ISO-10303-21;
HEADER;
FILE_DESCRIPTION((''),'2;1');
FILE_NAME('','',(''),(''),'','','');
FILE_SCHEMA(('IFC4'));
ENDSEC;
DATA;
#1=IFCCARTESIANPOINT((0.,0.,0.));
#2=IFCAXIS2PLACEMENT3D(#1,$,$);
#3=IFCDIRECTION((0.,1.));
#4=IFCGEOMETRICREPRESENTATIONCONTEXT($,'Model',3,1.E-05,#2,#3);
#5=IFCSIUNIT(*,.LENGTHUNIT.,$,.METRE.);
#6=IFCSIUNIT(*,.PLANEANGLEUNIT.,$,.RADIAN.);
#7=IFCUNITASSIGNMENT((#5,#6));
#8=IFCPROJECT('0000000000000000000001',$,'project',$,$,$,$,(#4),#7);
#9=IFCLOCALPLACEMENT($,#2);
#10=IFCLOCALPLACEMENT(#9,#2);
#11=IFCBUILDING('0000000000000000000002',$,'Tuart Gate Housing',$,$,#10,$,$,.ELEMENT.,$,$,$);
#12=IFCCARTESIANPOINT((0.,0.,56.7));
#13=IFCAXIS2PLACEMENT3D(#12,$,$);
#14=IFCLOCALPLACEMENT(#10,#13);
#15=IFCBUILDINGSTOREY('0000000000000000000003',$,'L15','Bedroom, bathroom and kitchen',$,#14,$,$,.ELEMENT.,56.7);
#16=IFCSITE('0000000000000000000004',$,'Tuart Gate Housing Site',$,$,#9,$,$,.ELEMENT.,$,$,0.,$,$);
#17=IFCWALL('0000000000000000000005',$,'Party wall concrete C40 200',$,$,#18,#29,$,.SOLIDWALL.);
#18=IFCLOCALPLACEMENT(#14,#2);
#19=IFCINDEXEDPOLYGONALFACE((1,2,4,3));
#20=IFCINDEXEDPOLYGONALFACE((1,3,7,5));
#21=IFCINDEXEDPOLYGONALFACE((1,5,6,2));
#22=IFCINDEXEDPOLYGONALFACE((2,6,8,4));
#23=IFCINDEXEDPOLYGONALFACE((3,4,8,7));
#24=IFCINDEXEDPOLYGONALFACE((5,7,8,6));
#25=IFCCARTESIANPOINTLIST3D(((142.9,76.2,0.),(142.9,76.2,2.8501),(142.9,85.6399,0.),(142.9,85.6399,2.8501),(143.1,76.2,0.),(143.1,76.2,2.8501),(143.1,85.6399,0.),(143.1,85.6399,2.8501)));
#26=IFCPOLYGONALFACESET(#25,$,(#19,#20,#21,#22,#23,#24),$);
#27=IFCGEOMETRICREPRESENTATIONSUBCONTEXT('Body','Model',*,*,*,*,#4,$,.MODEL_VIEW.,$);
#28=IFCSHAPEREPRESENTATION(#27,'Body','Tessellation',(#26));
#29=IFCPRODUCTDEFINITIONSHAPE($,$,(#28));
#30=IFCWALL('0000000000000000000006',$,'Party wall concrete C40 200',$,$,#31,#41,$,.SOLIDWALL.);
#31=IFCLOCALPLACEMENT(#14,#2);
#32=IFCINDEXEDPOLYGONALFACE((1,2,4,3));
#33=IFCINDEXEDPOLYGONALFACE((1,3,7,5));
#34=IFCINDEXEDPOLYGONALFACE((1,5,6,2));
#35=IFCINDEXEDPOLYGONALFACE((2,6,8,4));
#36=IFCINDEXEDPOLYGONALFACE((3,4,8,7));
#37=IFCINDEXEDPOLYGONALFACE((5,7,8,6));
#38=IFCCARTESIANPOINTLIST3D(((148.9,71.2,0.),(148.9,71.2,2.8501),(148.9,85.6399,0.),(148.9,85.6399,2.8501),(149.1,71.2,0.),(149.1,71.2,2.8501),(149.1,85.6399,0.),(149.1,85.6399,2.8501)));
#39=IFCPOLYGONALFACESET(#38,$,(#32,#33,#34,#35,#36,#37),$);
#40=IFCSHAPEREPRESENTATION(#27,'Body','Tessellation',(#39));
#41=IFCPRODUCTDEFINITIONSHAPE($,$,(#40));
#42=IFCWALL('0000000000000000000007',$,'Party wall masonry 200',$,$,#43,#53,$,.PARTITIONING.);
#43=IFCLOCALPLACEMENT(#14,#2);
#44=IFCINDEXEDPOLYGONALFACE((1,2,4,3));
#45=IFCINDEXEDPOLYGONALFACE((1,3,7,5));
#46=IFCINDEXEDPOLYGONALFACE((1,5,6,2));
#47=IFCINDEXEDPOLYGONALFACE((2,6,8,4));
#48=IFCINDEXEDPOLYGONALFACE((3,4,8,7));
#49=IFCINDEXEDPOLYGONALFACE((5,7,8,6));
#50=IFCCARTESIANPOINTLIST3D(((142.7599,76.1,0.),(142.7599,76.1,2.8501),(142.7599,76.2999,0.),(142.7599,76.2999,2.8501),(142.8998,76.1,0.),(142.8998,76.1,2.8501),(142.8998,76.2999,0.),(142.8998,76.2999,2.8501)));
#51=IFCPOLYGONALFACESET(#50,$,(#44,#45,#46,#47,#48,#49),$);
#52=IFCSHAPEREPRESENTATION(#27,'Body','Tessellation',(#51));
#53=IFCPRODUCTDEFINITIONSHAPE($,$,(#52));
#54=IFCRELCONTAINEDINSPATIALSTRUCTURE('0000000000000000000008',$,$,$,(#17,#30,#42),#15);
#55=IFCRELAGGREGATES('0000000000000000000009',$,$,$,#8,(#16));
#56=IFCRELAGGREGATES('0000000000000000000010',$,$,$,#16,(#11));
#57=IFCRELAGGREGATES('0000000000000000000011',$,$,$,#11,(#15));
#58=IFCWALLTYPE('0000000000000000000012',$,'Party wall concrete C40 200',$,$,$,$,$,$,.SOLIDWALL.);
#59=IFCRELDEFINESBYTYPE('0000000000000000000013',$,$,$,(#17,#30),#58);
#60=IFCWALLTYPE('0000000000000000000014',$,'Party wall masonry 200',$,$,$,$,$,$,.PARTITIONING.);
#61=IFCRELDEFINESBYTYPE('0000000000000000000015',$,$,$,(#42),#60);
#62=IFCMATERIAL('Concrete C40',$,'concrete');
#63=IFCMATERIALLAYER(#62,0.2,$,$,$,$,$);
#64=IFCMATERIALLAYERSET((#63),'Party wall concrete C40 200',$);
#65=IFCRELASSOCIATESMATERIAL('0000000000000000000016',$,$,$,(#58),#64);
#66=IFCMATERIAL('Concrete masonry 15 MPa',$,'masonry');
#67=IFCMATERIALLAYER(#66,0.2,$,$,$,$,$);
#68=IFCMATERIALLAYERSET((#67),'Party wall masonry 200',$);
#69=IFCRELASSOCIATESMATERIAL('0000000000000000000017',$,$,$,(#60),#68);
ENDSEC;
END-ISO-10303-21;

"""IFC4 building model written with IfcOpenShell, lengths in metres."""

from ifc_helpers import new_model, si_unit, direction, frame, frame_2d, origin, place, context, subcontext, project, spatial, rectangle, extrude, material, layer, layer_set, type_object, element, save


model = new_model("IFC4")

# Units and contexts
model_context = context("Model", 3, precision=1e-05, world=origin(), true_north=direction((0.0, 1.0)))
body_context = subcontext(model_context, "Body", "Model", "MODEL_VIEW")
ifc_project = project(units=[si_unit("LENGTHUNIT", "METRE"), si_unit("PLANEANGLEUNIT", "RADIAN")], contexts=[model_context])

# Site, building, storey
site_placement = place(None, origin())
site = spatial("IfcSite", under=ifc_project, at=site_placement, Name="Tuart Gate Housing Site", CompositionType="ELEMENT", RefElevation=0.0)
building_placement = place(site_placement, origin())
building = spatial("IfcBuilding", under=site, at=building_placement, Name="Tuart Gate Housing", CompositionType="ELEMENT")
storey_placement = place(building_placement, frame((0.0, 0.0, 56.7)))
storey = spatial("IfcBuildingStorey", under=building, at=storey_placement, Name="L15", Description="Bedroom, bathroom and kitchen", CompositionType="ELEMENT", Elevation=56.7)

# Walls
ifc_material_1 = material(Name="Concrete C40", Category="concrete")
ifc_layer_1 = layer(ifc_material_1, 0.2)
ifc_layer_set_1 = layer_set([ifc_layer_1], Name="Party wall concrete C40 200")
wall_type_1 = type_object("IfcWallType", Name="Party wall concrete C40 200", PredefinedType="SOLIDWALL", material=ifc_layer_set_1)
wall_1_placement = place(storey_placement, frame((143.0, 76.2, 0.0), z_axis=(0.0, 0.0, 1.0), x_axis=(0.0, 1.0, 0.0)))
element("IfcWall", 1, at=wall_1_placement, inside=storey, type_object=wall_type_1, Name="Party wall concrete C40 200", PredefinedType="SOLIDWALL", context=body_context, shape_type="SweptSolid", body=[
    extrude(rectangle(XDim=9.4399, YDim=0.2, at=frame_2d((4.72, 0.0))), origin(), (0.0, 0.0, 1.0), 2.8501),
])
wall_2_placement = place(storey_placement, frame((149.0, 71.2, 0.0), z_axis=(0.0, 0.0, 1.0), x_axis=(0.0, 1.0, 0.0)))
element("IfcWall", 2, at=wall_2_placement, inside=storey, type_object=wall_type_1, Name="Party wall concrete C40 200", PredefinedType="SOLIDWALL", context=body_context, shape_type="SweptSolid", body=[
    extrude(rectangle(XDim=14.4399, YDim=0.2, at=frame_2d((7.22, 0.0))), origin(), (0.0, 0.0, 1.0), 2.8501),
])
ifc_material_2 = material(Name="Concrete masonry 15 MPa", Category="masonry")
ifc_layer_2 = layer(ifc_material_2, 0.2)
ifc_layer_set_2 = layer_set([ifc_layer_2], Name="Party wall masonry 200")
wall_type_2 = type_object("IfcWallType", Name="Party wall masonry 200", PredefinedType="PARTITIONING", material=ifc_layer_set_2)
wall_3_placement = place(storey_placement, frame((142.76, 76.2, 0.0), z_axis=(0.0, 0.0, 1.0), x_axis=(1.0, 0.0, 0.0)))
element("IfcWall", 3, at=wall_3_placement, inside=storey, type_object=wall_type_2, Name="Party wall masonry 200", PredefinedType="PARTITIONING", context=body_context, shape_type="SweptSolid", body=[
    extrude(rectangle(XDim=0.1399, YDim=0.2, at=frame_2d((0.0698, 0.0))), origin(), (0.0, 0.0, 1.0), 2.8501),
])

save(model, "model.ifc")
